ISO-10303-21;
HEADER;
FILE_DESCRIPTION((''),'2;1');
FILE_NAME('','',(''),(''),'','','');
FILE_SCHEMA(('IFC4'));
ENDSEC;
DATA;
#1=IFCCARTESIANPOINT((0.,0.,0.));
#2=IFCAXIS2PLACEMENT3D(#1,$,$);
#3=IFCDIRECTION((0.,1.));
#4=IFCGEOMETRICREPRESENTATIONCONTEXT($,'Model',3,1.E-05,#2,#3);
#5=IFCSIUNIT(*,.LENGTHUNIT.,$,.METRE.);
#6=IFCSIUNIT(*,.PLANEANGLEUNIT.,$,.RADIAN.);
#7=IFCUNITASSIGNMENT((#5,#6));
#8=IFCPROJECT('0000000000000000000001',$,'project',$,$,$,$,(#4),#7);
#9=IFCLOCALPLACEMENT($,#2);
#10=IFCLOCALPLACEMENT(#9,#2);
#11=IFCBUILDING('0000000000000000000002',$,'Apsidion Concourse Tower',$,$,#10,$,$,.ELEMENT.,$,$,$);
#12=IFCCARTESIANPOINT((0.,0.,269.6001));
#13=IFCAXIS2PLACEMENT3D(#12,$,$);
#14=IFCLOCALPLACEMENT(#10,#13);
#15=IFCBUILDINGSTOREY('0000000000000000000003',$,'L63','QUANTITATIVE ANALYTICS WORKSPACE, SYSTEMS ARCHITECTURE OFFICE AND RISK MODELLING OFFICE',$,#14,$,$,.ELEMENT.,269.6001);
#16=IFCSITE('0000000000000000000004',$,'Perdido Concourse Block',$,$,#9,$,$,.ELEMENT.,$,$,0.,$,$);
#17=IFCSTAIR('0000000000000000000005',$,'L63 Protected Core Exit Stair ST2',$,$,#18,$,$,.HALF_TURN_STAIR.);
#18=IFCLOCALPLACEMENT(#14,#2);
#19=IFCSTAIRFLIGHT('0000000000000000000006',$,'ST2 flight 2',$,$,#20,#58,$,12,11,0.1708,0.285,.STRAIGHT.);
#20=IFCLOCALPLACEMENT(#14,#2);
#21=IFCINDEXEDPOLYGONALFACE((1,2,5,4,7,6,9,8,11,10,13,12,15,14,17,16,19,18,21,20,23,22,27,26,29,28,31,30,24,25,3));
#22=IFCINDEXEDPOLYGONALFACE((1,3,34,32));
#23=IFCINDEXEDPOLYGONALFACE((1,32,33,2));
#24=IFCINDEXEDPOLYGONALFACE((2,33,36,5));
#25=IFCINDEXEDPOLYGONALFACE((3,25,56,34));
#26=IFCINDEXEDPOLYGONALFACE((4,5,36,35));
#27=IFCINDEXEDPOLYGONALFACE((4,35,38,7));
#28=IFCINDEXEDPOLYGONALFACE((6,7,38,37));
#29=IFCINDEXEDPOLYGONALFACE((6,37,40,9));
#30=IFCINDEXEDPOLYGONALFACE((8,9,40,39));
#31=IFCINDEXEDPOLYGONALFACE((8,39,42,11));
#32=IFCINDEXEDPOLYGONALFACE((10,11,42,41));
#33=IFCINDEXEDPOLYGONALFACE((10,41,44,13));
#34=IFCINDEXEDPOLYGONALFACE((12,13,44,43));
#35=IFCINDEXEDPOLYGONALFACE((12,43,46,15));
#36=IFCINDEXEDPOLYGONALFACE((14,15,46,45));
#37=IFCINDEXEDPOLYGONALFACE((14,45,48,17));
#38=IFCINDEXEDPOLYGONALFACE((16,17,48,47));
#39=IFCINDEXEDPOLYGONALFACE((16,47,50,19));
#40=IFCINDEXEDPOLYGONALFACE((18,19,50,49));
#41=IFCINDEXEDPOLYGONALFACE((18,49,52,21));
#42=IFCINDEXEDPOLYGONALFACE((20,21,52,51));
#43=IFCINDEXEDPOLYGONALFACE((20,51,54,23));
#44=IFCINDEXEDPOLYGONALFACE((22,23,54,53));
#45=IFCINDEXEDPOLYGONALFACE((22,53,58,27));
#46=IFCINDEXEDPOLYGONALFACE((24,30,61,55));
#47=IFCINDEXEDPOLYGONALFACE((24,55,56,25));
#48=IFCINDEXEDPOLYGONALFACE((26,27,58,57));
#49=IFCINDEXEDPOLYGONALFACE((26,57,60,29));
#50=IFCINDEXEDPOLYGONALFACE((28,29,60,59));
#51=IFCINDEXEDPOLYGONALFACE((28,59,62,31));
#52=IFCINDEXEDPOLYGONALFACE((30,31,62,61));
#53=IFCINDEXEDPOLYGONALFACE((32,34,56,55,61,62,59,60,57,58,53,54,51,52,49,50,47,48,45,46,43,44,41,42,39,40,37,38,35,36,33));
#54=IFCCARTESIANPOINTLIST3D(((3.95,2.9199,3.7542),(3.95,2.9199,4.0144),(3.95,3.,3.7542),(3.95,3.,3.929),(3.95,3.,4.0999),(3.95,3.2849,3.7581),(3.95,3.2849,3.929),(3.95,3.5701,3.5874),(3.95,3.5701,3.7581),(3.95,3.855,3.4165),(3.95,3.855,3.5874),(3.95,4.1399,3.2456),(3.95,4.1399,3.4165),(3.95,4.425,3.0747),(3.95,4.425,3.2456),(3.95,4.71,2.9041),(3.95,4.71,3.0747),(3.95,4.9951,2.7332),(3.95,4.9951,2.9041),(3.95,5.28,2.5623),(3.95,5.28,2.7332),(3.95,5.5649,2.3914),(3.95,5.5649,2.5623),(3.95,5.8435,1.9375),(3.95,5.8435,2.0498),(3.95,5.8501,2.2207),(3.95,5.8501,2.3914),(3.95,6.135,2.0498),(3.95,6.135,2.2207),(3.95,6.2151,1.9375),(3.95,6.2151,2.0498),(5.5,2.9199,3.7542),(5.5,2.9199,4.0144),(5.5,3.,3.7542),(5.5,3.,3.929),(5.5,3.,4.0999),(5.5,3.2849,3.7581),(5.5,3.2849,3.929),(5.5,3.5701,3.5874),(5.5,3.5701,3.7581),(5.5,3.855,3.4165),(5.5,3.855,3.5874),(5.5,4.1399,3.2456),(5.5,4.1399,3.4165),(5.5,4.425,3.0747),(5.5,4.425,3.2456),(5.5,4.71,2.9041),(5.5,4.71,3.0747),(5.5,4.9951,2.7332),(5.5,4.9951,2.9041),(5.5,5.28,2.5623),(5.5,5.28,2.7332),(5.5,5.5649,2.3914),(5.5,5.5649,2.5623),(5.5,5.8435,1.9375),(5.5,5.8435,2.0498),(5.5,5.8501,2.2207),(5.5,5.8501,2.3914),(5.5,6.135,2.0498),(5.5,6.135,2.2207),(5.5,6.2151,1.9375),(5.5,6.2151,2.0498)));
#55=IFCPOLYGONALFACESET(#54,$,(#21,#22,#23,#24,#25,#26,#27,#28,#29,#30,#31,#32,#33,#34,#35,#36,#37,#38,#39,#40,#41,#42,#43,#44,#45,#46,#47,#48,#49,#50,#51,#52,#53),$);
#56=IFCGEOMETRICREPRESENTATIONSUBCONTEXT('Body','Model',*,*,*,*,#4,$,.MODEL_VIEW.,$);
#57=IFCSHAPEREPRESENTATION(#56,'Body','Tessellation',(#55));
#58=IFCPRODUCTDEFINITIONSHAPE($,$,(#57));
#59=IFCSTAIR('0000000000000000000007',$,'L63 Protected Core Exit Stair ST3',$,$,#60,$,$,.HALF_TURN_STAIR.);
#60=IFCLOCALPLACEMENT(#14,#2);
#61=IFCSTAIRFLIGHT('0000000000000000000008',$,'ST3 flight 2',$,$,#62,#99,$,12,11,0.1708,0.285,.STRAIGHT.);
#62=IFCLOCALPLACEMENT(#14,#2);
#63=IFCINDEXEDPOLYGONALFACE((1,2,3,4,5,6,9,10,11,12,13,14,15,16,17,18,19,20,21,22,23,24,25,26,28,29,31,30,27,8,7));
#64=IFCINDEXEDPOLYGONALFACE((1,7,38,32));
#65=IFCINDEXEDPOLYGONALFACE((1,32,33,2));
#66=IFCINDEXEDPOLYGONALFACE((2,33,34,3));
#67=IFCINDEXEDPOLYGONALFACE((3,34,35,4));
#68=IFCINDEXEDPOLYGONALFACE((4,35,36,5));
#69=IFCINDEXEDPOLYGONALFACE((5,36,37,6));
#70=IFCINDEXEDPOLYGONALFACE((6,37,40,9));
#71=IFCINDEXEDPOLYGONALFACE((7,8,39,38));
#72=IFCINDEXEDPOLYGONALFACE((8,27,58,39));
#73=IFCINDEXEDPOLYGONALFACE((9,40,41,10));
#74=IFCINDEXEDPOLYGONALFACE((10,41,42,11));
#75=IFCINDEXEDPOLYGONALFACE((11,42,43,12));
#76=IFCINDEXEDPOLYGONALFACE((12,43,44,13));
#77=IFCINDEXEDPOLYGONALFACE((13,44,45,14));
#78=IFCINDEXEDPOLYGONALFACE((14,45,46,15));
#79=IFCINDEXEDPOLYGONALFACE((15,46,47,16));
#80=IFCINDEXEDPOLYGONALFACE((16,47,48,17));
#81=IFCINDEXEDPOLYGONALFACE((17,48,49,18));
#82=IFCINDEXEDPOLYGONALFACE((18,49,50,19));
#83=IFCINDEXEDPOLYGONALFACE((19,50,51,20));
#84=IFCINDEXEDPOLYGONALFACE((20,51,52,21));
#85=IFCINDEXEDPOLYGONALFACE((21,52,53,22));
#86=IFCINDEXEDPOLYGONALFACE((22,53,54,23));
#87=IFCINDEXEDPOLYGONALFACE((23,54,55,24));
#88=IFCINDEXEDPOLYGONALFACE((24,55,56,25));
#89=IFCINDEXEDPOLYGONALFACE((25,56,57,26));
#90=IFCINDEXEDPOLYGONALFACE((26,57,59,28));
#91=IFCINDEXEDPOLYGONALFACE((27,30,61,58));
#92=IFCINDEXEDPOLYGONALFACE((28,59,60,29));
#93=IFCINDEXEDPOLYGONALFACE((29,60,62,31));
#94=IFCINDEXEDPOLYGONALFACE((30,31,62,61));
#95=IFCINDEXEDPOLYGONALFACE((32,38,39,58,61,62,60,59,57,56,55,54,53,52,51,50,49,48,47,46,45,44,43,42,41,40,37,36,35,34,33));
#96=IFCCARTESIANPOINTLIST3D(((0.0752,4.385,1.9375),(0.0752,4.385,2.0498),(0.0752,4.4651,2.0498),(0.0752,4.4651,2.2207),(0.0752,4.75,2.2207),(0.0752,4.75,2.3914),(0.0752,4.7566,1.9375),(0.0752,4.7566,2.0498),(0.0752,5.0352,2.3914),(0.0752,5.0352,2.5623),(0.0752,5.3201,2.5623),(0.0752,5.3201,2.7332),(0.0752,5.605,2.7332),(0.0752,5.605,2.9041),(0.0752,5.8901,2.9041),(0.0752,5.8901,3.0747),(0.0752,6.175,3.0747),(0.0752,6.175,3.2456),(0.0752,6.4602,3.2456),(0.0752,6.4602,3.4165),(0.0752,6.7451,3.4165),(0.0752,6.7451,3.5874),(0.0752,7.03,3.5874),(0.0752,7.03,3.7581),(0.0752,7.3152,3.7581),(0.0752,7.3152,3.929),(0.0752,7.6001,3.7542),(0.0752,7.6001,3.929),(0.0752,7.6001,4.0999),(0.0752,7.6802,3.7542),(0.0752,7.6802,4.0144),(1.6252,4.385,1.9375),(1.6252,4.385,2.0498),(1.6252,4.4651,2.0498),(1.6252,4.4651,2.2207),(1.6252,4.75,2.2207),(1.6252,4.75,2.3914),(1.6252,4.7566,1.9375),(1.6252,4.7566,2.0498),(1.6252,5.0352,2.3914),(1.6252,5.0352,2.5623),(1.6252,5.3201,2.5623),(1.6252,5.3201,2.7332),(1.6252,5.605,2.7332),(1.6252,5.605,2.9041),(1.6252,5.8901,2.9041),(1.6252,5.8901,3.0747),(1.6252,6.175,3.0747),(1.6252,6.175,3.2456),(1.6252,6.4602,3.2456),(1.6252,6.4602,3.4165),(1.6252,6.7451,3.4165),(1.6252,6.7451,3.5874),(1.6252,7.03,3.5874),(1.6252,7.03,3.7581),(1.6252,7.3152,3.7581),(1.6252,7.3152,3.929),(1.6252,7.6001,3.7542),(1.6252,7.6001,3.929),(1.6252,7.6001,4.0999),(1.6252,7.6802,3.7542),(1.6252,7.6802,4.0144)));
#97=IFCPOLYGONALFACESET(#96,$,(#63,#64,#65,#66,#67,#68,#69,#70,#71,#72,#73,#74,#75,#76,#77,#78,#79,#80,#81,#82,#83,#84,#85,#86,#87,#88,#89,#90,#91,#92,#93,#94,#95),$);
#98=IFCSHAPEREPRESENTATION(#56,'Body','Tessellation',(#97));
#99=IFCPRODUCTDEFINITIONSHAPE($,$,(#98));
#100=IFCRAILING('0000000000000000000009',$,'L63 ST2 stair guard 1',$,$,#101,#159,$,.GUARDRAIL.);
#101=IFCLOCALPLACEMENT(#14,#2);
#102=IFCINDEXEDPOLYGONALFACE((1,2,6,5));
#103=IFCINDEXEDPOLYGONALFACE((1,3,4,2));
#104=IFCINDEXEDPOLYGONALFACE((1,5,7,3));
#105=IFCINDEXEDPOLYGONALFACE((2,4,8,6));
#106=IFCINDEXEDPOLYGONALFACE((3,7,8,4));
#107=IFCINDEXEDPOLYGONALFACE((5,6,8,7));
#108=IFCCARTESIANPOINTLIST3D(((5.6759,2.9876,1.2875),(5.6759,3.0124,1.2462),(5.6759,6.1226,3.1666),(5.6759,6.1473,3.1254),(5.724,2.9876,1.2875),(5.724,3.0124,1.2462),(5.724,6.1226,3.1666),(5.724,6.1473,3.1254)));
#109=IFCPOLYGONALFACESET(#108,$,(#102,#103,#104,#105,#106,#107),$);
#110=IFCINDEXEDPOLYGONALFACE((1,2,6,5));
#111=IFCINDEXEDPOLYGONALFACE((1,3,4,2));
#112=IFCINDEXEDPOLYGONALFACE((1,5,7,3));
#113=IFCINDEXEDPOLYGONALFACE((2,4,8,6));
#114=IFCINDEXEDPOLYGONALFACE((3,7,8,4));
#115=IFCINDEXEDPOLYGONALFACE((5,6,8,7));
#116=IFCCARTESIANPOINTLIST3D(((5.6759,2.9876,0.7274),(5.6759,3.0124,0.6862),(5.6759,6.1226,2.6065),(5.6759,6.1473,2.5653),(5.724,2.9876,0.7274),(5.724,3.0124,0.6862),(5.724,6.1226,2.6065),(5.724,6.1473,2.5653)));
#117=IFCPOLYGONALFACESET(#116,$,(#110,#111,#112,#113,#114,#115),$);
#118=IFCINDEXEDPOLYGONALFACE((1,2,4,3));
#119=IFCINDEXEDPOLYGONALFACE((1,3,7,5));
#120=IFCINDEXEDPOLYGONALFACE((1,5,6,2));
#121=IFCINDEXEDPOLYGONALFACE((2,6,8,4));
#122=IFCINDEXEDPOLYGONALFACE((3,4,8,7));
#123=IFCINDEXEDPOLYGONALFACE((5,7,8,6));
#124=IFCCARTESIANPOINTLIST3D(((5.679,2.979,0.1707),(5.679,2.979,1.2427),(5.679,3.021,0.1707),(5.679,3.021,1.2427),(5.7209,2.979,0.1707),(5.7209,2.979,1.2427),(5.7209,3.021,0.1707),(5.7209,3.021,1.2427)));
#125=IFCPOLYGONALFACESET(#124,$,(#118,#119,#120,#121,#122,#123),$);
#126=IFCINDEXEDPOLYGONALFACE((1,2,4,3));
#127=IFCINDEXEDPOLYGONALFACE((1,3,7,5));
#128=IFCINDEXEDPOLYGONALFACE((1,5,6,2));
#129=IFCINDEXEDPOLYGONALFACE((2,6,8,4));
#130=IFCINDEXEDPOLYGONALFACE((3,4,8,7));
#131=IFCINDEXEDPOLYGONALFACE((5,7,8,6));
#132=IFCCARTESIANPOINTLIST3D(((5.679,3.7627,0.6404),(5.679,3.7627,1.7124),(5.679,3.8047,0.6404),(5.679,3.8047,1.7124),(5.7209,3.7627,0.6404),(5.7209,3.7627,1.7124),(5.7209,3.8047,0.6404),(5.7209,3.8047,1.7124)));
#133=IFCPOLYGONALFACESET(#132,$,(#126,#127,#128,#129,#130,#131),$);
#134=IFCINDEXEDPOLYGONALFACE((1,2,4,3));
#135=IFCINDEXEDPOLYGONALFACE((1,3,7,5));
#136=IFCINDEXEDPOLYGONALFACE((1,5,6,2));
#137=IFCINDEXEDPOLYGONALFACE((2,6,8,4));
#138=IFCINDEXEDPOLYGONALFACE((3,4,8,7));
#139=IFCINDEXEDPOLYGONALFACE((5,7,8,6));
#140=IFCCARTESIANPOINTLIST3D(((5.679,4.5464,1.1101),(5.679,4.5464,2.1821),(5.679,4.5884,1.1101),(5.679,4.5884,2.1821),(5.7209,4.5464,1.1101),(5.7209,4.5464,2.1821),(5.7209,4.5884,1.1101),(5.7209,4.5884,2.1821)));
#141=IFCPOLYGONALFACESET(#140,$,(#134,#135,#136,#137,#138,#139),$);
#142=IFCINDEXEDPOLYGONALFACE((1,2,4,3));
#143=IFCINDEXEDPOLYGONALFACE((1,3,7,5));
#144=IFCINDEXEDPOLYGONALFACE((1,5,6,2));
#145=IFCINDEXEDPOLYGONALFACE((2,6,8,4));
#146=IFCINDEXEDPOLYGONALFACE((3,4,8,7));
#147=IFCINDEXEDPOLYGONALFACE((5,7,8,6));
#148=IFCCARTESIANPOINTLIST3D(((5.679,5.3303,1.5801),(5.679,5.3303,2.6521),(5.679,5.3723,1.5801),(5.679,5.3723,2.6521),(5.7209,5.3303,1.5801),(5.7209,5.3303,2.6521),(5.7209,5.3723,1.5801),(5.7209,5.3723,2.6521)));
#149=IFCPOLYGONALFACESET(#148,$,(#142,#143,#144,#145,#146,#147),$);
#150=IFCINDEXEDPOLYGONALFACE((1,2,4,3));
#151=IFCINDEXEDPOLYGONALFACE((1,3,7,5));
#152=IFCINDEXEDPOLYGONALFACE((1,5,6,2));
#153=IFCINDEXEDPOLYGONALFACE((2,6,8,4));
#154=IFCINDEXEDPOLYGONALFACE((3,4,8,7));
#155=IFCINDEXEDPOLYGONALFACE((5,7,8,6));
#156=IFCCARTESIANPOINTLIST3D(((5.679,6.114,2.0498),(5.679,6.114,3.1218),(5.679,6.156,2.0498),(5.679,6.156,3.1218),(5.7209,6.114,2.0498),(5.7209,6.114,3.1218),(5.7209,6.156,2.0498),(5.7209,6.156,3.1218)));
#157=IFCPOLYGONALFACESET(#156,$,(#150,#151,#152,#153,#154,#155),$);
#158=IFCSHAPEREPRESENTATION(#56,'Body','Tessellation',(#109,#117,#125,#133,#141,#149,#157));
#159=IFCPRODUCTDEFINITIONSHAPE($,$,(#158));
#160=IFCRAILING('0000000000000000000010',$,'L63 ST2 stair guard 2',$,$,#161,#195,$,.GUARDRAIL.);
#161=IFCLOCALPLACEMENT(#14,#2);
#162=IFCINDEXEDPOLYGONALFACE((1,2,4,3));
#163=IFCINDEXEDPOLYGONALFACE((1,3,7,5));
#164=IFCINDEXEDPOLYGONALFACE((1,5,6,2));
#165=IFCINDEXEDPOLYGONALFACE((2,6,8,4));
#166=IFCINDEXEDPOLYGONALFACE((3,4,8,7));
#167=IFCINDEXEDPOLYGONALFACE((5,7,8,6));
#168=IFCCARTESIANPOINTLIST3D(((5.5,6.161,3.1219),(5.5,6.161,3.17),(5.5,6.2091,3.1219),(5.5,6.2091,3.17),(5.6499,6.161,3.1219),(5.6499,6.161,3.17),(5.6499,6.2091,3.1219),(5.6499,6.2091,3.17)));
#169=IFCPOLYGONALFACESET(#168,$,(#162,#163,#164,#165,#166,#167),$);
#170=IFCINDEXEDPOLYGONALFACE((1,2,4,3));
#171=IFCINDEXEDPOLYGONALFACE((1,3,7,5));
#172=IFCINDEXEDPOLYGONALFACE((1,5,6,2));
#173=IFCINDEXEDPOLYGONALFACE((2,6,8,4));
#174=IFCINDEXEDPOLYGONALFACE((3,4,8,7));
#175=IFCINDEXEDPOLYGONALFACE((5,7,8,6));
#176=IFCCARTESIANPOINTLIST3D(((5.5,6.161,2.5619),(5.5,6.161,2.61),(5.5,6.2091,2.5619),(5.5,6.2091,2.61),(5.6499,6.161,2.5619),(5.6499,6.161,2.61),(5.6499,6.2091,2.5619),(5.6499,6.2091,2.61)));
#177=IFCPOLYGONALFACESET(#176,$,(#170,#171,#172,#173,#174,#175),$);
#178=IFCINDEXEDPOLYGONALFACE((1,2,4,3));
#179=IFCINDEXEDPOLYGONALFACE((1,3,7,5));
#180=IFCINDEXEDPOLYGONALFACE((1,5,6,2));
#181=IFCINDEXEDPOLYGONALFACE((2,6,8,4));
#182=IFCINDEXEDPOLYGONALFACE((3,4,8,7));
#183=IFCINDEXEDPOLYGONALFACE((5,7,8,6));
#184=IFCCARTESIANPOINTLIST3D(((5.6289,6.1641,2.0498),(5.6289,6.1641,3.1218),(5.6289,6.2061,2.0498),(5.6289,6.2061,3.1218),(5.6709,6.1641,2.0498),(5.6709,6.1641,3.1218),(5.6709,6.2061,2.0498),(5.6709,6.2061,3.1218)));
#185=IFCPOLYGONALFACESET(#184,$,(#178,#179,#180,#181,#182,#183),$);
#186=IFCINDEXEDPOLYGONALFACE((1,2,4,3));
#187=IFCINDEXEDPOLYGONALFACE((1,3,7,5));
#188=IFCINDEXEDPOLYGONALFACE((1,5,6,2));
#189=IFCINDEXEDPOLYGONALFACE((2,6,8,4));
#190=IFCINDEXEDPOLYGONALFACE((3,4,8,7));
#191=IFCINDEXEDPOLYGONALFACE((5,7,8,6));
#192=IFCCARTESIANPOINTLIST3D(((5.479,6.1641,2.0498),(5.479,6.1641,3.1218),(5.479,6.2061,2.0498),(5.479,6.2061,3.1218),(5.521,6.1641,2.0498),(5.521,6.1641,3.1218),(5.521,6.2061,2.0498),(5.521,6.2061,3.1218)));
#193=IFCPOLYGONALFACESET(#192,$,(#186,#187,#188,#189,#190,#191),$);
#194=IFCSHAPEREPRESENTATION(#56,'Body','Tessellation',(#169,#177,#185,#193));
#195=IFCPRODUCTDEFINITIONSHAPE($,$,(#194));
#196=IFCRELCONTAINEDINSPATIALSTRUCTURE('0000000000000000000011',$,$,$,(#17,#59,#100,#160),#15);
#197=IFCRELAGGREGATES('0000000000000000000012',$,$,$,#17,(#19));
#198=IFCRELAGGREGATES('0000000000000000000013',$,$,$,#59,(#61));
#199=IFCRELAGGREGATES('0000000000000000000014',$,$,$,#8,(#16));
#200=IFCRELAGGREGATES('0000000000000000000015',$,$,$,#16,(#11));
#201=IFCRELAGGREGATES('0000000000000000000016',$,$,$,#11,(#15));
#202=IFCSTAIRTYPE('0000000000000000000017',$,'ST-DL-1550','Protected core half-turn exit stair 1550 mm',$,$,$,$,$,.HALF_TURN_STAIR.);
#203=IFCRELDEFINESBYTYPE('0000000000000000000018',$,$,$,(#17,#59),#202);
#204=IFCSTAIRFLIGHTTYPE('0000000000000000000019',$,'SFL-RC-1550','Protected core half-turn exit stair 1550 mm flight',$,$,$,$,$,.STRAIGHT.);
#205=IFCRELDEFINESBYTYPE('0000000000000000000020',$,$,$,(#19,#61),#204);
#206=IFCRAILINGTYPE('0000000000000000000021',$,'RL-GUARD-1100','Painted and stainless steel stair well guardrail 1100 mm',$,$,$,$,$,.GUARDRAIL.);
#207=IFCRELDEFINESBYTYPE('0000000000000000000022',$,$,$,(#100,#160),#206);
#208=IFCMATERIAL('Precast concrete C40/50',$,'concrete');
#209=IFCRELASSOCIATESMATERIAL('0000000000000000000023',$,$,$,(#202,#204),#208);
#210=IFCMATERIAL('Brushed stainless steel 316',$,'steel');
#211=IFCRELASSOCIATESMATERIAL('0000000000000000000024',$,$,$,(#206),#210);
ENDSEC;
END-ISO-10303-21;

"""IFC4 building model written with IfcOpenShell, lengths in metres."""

from ifc_helpers import new_model, si_unit, direction, frame, origin, origin_2d, place, context, subcontext, project, spatial, polyline, rectangle, outline, extrude, material, type_object, element, aggregate, save


model = new_model("IFC4")

# Units and contexts
model_context = context("Model", 3, precision=1e-05, world=origin(), true_north=direction((0.0, 1.0)))
body_context = subcontext(model_context, "Body", "Model", "MODEL_VIEW")
ifc_project = project(units=[si_unit("LENGTHUNIT", "METRE"), si_unit("PLANEANGLEUNIT", "RADIAN")], contexts=[model_context])

# Site, building, storey
site_placement = place(None, origin())
site = spatial("IfcSite", under=ifc_project, at=site_placement, Name="Perdido Concourse Block", CompositionType="ELEMENT", RefElevation=0.0)
building_placement = place(site_placement, origin())
building = spatial("IfcBuilding", under=site, at=building_placement, Name="Apsidion Concourse Tower", CompositionType="ELEMENT")
storey_placement = place(building_placement, frame((0.0, 0.0, 269.6001)))
storey = spatial("IfcBuildingStorey", under=building, at=storey_placement, Name="L63", Description="QUANTITATIVE ANALYTICS WORKSPACE, SYSTEMS ARCHITECTURE OFFICE AND RISK MODELLING OFFICE", CompositionType="ELEMENT", Elevation=269.6001)

# Stair, stair flight
ifc_material_1 = material(Name="Precast concrete C40/50", Category="concrete")
stair_type = type_object("IfcStairType", Name="ST-DL-1550", Description="Protected core half-turn exit stair 1550 mm", PredefinedType="HALF_TURN_STAIR", material=ifc_material_1)
stair_1_placement = place(storey_placement, origin())
stair_1 = element("IfcStair", 1, at=stair_1_placement, inside=storey, type_object=stair_type, Name="L63 Protected Core Exit Stair ST2", PredefinedType="HALF_TURN_STAIR")
stair_flight_type = type_object("IfcStairFlightType", Name="SFL-RC-1550", Description="Protected core half-turn exit stair 1550 mm flight", PredefinedType="STRAIGHT", material=ifc_material_1)
stair_flight_1_placement = place(storey_placement, frame((4.7251, 6.135, 2.0498), z_axis=(0.0, 0.0, 1.0), x_axis=(0.0, -1.0, 0.0)))
stair_flight_1 = element("IfcStairFlight", 2, at=stair_flight_1_placement, type_object=stair_flight_type, Name="ST2 flight 2", NumberOfRisers=12, NumberOfTreads=11, PredefinedType="STRAIGHT", RiserHeight=0.1708, TreadLength=0.285, context=body_context, shape_type="SweptSolid", body=[
    extrude(outline(polyline([(-0.0801, -0.1123), (-0.0801, 0.0), (0.0, 0.0), (0.0, 0.1709), (0.2849, 0.1709), (0.2849, 0.3416), (0.5701, 0.3416), (0.5701, 0.5125), (0.855, 0.5125), (0.855, 0.6833), (1.1399, 0.6833), (1.1399, 0.8542), (1.425, 0.8542), (1.425, 1.0249), (1.71, 1.0249), (1.71, 1.1958), (1.9951, 1.1958), (1.9951, 1.3667), (2.28, 1.3667), (2.28, 1.5376), (2.5649, 1.5376), (2.5649, 1.7083), (2.8501, 1.7083), (2.8501, 1.8792), (3.135, 1.8792), (3.135, 2.05), (3.2151, 1.9646), (3.2151, 1.7043), (3.135, 1.7043), (0.2915, 0.0), (0.2915, -0.1123), (-0.0801, -0.1123)])), frame((0.0, 0.7749, 0.0), z_axis=(0.0, -1.0, 0.0), x_axis=(1.0, 0.0, 0.0)), (0.0, 0.0, 1.0), 1.55),
])
aggregate(stair_1, [stair_flight_1])

# Stair, stair flight
stair_2_placement = place(storey_placement, origin())
stair_2 = element("IfcStair", 3, at=stair_2_placement, inside=storey, type_object=stair_type, Name="L63 Protected Core Exit Stair ST3", PredefinedType="HALF_TURN_STAIR")
stair_flight_2_placement = place(storey_placement, frame((0.8501, 4.4651, 2.0498), z_axis=(0.0, 0.0, 1.0), x_axis=(0.0, 1.0, 0.0)))
stair_flight_2 = element("IfcStairFlight", 4, at=stair_flight_2_placement, type_object=stair_flight_type, Name="ST3 flight 2", NumberOfRisers=12, NumberOfTreads=11, PredefinedType="STRAIGHT", RiserHeight=0.1708, TreadLength=0.285, context=body_context, shape_type="SweptSolid", body=[
    extrude(outline(polyline([(-0.0801, -0.1123), (-0.0801, 0.0), (0.0, 0.0), (0.0, 0.1709), (0.2849, 0.1709), (0.2849, 0.3416), (0.5701, 0.3416), (0.5701, 0.5125), (0.855, 0.5125), (0.855, 0.6833), (1.1399, 0.6833), (1.1399, 0.8542), (1.425, 0.8542), (1.425, 1.0249), (1.71, 1.0249), (1.71, 1.1958), (1.9951, 1.1958), (1.9951, 1.3667), (2.28, 1.3667), (2.28, 1.5376), (2.5649, 1.5376), (2.5649, 1.7083), (2.8501, 1.7083), (2.8501, 1.8792), (3.135, 1.8792), (3.135, 2.05), (3.2151, 1.9646), (3.2151, 1.7043), (3.135, 1.7043), (0.2915, 0.0), (0.2915, -0.1123), (-0.0801, -0.1123)])), frame((0.0, 0.7749, 0.0), z_axis=(0.0, -1.0, 0.0), x_axis=(1.0, 0.0, 0.0)), (0.0, 0.0, 1.0), 1.55),
])
aggregate(stair_2, [stair_flight_2])

# Railings
ifc_material_2 = material(Name="Brushed stainless steel 316", Category="steel")
railing_type_1 = type_object("IfcRailingType", Name="RL-GUARD-1100", Description="Painted and stainless steel stair well guardrail 1100 mm", PredefinedType="GUARDRAIL", material=ifc_material_2)
railing_1_placement = place(storey_placement, frame((5.7, 3.0, 0.1707)))
element("IfcRailing", 5, at=railing_1_placement, inside=storey, type_object=railing_type_1, Name="L63 ST2 stair guard 1", PredefinedType="GUARDRAIL", context=body_context, shape_type="SweptSolid", body=[
    extrude(rectangle(XDim=0.0481, YDim=0.0481, at=origin_2d()), frame((0.0, 0.0, 1.0962), z_axis=(0.0, 0.857717, 0.514122), x_axis=(-1.0, 0.0, 0.0)), (0.0, 0.0, 1.0), 3.655),
    extrude(rectangle(XDim=0.0481, YDim=0.0481, at=origin_2d()), frame((0.0, 0.0, 0.5361), z_axis=(0.0, 0.857717, 0.514122), x_axis=(-1.0, 0.0, 0.0)), (0.0, 0.0, 1.0), 3.655),
    extrude(rectangle(XDim=0.042, YDim=0.042, at=origin_2d()), origin(), (0.0, 0.0, 1.0), 1.072),
    extrude(rectangle(XDim=0.042, YDim=0.042, at=origin_2d()), frame((0.0, 0.7837, 0.4697)), (0.0, 0.0, 1.0), 1.072),
    extrude(rectangle(XDim=0.042, YDim=0.042, at=origin_2d()), frame((0.0, 1.5674, 0.9395)), (0.0, 0.0, 1.0), 1.072),
    extrude(rectangle(XDim=0.042, YDim=0.042, at=origin_2d()), frame((0.0, 2.3513, 1.4094)), (0.0, 0.0, 1.0), 1.072),
    extrude(rectangle(XDim=0.042, YDim=0.042, at=origin_2d()), frame((0.0, 3.135, 1.8792)), (0.0, 0.0, 1.0), 1.072),
])
railing_2_placement = place(storey_placement, frame((5.6499, 6.1851, 2.0498)))
element("IfcRailing", 6, at=railing_2_placement, inside=storey, type_object=railing_type_1, Name="L63 ST2 stair guard 2", PredefinedType="GUARDRAIL", context=body_context, shape_type="SweptSolid", body=[
    extrude(rectangle(XDim=0.0481, YDim=0.0481, at=origin_2d()), frame((0.0, 0.0, 1.0962), z_axis=(-1.0, 0.0, 0.0), x_axis=(0.0, -1.0, 0.0)), (0.0, 0.0, 1.0), 0.1499),
    extrude(rectangle(XDim=0.0481, YDim=0.0481, at=origin_2d()), frame((0.0, 0.0, 0.5361), z_axis=(-1.0, 0.0, 0.0), x_axis=(0.0, -1.0, 0.0)), (0.0, 0.0, 1.0), 0.1499),
    extrude(rectangle(XDim=0.042, YDim=0.042, at=origin_2d()), origin(), (0.0, 0.0, 1.0), 1.072),
    extrude(rectangle(XDim=0.042, YDim=0.042, at=origin_2d()), frame((-0.1499, 0.0, 0.0)), (0.0, 0.0, 1.0), 1.072),
])

save(model, "model.ifc")
